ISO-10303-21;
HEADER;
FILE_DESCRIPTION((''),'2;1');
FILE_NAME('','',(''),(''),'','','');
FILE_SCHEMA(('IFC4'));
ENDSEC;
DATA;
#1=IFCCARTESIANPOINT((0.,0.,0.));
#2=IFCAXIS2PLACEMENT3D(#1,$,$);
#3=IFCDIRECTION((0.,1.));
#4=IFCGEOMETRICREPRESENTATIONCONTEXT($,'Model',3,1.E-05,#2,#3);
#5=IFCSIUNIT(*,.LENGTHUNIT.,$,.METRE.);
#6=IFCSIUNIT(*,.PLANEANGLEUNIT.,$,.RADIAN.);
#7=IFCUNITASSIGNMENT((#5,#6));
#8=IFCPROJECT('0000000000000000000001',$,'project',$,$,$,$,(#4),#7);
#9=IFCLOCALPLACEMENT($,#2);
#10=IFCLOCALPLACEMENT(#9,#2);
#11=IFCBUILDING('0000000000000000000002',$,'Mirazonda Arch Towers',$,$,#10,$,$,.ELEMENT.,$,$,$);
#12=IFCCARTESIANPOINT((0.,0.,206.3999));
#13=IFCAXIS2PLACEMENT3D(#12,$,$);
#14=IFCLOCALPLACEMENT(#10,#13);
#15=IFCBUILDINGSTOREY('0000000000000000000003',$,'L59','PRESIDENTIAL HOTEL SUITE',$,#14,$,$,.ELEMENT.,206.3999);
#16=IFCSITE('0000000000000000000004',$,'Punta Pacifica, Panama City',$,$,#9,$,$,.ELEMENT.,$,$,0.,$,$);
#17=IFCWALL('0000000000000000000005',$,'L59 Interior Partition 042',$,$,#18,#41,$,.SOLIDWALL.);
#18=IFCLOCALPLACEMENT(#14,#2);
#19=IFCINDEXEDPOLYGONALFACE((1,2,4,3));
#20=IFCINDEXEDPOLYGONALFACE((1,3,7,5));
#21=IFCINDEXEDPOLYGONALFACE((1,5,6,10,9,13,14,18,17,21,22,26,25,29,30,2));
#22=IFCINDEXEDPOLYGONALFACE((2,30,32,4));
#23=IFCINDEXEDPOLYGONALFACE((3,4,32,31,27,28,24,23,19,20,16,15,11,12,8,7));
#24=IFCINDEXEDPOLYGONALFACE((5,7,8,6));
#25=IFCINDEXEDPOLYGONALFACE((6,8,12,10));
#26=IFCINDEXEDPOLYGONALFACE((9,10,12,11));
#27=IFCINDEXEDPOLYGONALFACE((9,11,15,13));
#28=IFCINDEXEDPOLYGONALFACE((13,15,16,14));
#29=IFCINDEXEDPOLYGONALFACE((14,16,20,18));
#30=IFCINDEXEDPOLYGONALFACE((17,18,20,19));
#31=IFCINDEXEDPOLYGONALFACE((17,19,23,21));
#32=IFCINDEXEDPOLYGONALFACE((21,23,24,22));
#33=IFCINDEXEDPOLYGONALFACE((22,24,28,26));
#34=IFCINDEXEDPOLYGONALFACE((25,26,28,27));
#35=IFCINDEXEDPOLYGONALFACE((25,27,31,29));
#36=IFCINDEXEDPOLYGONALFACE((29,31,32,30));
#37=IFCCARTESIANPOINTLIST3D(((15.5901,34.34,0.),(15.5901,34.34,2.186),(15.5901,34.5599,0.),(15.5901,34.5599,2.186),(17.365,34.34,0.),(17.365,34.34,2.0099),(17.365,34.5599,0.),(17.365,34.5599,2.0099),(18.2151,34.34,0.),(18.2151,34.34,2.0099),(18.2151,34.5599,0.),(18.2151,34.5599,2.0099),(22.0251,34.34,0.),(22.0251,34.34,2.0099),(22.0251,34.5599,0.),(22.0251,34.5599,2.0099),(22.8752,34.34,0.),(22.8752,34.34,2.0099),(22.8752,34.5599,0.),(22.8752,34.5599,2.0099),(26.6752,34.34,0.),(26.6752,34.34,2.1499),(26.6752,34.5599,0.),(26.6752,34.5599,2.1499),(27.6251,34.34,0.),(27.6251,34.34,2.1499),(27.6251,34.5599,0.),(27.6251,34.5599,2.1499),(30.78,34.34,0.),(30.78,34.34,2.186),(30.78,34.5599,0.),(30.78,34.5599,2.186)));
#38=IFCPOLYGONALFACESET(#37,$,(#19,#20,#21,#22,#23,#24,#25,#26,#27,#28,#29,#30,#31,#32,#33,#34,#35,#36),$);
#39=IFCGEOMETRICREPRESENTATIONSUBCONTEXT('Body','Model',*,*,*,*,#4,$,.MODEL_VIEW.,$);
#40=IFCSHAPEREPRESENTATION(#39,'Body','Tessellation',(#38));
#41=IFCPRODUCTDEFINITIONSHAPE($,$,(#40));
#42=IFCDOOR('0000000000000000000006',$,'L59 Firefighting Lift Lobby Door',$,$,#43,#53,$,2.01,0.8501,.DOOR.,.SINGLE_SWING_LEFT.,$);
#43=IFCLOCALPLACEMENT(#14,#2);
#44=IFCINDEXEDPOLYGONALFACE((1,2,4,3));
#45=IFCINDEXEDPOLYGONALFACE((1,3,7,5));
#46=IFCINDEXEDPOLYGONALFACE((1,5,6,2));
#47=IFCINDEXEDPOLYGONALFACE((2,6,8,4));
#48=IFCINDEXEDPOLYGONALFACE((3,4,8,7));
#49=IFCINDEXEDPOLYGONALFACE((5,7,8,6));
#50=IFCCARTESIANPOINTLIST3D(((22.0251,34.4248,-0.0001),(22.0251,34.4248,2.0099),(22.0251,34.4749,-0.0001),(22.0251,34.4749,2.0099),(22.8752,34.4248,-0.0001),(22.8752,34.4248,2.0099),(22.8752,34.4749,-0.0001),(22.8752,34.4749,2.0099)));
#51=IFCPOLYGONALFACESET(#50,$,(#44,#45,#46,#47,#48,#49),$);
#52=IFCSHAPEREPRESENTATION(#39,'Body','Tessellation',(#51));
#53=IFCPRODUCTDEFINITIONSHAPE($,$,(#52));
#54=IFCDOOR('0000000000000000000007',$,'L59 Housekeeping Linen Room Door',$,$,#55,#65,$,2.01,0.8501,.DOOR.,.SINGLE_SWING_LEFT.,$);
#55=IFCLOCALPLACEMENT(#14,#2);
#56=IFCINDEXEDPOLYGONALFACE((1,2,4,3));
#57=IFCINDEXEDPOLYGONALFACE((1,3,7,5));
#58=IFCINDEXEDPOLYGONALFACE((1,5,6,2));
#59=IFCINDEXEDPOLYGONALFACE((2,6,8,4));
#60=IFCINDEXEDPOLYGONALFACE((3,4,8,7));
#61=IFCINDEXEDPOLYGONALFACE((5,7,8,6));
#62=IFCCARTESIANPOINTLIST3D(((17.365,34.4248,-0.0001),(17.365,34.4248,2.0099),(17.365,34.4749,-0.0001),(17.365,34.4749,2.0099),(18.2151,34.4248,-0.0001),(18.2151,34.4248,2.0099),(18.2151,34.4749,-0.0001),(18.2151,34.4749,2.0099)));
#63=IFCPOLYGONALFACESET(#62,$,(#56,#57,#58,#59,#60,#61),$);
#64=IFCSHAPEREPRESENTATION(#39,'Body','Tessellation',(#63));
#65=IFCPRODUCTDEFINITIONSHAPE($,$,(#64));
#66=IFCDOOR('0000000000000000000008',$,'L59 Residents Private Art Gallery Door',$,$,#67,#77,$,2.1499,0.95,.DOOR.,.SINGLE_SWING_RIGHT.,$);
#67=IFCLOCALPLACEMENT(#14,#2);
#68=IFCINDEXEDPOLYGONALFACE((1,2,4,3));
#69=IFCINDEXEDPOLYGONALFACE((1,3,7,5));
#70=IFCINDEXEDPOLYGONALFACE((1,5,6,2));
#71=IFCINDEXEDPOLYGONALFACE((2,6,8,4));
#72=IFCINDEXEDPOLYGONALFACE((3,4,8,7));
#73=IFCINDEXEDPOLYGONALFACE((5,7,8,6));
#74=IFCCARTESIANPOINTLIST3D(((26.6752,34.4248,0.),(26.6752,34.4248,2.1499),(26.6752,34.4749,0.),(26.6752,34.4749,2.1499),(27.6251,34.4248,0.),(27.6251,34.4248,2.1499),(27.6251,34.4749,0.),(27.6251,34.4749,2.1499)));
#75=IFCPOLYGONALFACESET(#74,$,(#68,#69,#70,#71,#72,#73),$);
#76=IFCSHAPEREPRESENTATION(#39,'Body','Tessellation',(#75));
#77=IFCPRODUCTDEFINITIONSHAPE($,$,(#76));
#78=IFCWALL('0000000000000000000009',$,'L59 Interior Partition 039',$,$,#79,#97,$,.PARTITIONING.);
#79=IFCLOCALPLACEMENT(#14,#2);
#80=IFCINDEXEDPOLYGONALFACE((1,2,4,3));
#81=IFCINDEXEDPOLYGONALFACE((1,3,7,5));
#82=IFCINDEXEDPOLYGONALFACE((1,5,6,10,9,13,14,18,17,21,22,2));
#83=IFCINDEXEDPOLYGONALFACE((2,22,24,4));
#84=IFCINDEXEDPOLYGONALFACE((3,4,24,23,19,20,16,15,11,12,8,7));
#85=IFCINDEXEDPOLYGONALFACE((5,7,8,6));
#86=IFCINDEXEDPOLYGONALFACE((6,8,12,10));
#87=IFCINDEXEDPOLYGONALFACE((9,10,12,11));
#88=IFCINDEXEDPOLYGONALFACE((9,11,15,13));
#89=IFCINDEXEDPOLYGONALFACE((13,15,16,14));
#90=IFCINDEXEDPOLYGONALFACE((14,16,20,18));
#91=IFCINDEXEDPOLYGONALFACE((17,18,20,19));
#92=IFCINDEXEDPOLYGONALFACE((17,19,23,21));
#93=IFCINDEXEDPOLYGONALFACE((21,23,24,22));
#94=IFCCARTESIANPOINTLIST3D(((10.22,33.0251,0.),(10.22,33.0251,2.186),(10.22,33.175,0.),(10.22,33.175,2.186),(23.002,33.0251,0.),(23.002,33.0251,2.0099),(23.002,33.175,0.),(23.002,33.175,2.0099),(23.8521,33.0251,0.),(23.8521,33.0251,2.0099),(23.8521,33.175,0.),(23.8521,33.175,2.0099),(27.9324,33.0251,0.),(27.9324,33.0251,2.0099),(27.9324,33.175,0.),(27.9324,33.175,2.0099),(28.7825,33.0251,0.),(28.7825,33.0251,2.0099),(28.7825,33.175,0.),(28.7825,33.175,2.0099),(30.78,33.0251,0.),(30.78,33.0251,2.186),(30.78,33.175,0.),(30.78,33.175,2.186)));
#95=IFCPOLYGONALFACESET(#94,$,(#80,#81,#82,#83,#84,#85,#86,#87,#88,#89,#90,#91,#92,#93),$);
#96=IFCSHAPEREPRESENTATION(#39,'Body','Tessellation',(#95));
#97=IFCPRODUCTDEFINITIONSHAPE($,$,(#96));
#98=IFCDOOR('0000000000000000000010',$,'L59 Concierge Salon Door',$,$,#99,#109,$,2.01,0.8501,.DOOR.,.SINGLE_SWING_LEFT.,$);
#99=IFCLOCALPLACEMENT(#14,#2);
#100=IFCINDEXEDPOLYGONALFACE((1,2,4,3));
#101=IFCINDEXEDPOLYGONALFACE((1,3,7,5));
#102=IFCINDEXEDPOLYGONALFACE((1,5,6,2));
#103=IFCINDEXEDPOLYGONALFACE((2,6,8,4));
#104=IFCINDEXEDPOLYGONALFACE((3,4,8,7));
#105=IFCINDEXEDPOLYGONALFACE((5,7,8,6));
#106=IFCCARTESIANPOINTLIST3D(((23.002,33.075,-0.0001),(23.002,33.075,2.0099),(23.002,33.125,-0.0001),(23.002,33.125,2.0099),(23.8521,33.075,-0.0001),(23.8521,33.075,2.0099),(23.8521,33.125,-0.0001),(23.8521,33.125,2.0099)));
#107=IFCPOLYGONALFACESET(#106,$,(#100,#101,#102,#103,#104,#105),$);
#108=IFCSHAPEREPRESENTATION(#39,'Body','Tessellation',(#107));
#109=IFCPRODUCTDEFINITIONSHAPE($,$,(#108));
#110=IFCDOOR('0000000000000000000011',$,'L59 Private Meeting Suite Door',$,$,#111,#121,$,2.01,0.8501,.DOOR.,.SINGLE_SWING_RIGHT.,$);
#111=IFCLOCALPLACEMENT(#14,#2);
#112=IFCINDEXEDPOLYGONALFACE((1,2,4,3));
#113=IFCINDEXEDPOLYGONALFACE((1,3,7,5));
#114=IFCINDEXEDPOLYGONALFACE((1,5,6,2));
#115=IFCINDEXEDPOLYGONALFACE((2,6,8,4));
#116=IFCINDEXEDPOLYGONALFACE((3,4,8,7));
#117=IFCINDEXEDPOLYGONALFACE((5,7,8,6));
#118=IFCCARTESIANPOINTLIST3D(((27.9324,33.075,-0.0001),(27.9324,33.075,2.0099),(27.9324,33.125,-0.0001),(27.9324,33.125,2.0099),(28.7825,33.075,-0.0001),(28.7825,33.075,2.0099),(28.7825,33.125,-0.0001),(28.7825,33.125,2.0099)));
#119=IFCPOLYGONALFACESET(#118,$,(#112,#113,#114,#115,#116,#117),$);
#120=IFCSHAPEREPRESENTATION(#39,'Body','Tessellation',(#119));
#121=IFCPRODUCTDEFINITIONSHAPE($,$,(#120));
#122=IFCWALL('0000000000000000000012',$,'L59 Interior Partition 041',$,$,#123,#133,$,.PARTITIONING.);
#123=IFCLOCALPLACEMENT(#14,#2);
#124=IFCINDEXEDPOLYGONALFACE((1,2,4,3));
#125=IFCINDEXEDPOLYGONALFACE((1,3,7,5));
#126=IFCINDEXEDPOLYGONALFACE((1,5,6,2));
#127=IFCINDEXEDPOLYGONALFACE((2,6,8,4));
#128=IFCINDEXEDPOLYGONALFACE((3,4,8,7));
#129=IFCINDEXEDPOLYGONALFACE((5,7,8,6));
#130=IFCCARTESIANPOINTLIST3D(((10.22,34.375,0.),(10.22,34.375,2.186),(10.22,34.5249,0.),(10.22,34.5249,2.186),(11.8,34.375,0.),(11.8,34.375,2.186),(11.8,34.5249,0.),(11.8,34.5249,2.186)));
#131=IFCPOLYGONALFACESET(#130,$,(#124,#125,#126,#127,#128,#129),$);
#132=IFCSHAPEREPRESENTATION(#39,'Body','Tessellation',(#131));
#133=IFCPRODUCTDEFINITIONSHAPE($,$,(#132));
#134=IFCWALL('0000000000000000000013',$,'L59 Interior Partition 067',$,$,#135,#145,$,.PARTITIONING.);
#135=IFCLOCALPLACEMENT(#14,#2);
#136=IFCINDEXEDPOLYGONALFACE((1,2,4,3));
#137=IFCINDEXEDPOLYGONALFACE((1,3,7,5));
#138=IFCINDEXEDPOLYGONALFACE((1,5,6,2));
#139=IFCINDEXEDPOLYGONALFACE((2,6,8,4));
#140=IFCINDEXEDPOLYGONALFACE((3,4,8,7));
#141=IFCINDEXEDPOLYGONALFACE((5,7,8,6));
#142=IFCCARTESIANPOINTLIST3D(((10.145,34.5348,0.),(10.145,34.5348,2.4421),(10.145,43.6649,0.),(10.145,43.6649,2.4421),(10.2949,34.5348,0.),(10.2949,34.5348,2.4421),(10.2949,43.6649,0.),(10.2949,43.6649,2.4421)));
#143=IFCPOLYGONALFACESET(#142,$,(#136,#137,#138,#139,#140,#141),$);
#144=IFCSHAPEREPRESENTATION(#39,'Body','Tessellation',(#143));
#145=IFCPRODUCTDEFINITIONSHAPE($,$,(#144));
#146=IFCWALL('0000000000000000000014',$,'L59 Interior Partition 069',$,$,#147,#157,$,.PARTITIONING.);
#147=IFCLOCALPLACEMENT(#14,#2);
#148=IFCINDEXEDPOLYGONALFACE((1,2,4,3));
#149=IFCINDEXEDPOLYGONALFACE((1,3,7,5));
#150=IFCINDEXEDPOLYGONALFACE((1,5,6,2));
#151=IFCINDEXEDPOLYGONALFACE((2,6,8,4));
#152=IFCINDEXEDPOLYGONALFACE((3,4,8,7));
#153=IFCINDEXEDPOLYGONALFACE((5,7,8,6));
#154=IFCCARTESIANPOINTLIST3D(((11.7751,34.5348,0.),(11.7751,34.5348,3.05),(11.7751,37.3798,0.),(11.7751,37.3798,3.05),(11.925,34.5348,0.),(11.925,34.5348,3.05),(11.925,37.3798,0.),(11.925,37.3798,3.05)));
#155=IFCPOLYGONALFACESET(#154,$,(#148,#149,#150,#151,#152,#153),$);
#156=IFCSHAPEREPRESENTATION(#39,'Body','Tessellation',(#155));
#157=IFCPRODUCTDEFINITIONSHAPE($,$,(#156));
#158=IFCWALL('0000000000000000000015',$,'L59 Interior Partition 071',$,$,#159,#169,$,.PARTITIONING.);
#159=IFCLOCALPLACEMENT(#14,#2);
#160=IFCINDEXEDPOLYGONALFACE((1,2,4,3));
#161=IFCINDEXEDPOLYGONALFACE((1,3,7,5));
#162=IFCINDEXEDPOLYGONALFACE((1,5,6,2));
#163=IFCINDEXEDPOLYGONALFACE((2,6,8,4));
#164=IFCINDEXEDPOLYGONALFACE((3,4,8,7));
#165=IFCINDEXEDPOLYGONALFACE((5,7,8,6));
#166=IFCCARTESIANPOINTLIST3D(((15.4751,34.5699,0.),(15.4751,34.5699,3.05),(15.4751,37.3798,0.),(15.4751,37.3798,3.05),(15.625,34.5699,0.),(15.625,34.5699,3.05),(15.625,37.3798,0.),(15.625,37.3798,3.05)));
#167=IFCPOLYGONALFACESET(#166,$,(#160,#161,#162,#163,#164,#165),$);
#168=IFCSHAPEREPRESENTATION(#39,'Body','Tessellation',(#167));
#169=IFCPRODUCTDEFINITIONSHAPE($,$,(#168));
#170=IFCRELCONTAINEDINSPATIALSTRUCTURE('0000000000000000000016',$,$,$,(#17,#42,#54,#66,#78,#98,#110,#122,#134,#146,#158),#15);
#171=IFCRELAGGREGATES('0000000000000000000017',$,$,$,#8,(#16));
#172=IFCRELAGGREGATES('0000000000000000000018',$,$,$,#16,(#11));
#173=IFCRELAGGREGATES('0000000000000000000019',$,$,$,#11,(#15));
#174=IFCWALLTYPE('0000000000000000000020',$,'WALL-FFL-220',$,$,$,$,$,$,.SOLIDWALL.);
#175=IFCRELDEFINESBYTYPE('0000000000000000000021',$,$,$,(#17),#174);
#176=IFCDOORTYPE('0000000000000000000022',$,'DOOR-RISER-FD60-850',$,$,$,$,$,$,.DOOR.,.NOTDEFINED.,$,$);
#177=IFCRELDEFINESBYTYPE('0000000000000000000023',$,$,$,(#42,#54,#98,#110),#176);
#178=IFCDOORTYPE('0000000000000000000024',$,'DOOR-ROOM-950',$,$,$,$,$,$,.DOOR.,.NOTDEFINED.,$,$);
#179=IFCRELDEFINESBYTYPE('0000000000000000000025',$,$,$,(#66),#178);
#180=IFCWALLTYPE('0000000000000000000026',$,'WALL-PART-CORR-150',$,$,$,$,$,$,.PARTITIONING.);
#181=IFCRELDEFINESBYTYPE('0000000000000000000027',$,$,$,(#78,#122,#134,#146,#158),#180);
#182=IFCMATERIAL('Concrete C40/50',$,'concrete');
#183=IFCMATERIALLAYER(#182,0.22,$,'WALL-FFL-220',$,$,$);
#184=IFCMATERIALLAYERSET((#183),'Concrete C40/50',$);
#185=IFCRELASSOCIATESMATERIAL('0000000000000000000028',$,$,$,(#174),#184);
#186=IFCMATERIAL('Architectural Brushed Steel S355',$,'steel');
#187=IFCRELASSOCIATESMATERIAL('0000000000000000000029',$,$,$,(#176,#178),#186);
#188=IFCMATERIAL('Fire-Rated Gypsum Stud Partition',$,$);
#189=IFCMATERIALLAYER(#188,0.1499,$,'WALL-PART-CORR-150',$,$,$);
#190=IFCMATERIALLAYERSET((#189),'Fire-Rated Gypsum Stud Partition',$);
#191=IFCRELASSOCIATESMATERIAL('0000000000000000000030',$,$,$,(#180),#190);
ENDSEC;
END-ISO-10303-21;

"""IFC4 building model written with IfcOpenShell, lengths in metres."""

from ifc_helpers import new_model, si_unit, direction, frame, frame_2d, origin, place, context, subcontext, project, spatial, rectangle, extrude, material, layer, layer_set, type_object, element, fill, save


model = new_model("IFC4")

# Units and contexts
model_context = context("Model", 3, precision=1e-05, world=origin(), true_north=direction((0.0, 1.0)))
body_context = subcontext(model_context, "Body", "Model", "MODEL_VIEW")
ifc_project = project(units=[si_unit("LENGTHUNIT", "METRE"), si_unit("PLANEANGLEUNIT", "RADIAN")], contexts=[model_context])

# Site, building, storey
site_placement = place(None, origin())
site = spatial("IfcSite", under=ifc_project, at=site_placement, Name="Punta Pacifica, Panama City", CompositionType="ELEMENT", RefElevation=0.0)
building_placement = place(site_placement, origin())
building = spatial("IfcBuilding", under=site, at=building_placement, Name="Mirazonda Arch Towers", CompositionType="ELEMENT")
storey_placement = place(building_placement, frame((0.0, 0.0, 206.3999)))
storey = spatial("IfcBuildingStorey", under=building, at=storey_placement, Name="L59", Description="PRESIDENTIAL HOTEL SUITE", CompositionType="ELEMENT", Elevation=206.3999)

# Walls, openings, doors
ifc_material_1 = material(Name="Architectural Brushed Steel S355", Category="steel")
ifc_material_2 = material(Name="Concrete C40/50", Category="concrete")
ifc_layer_1 = layer(ifc_material_2, 0.22, Name="WALL-FFL-220")
ifc_layer_set_1 = layer_set([ifc_layer_1], Name="Concrete C40/50")
wall_type_1 = type_object("IfcWallType", Name="WALL-FFL-220", PredefinedType="SOLIDWALL", material=ifc_layer_set_1)
wall_1_placement = place(storey_placement, frame((15.5901, 34.45, 0.0), z_axis=(0.0, 0.0, 1.0), x_axis=(1.0, 0.0, 0.0)))
wall_1 = element("IfcWall", 1, at=wall_1_placement, inside=storey, type_object=wall_type_1, Name="L59 Interior Partition 042", PredefinedType="SOLIDWALL", context=body_context, shape_type="SweptSolid", body=[
    extrude(rectangle(XDim=15.1899, YDim=0.22, at=frame_2d((7.595, 0.0))), origin(), (0.0, 0.0, 1.0), 2.186),
])
opening_1_placement = place(wall_1_placement, frame((6.4351, 0.0, 0.0)))
opening_1 = element("IfcOpeningElement", 2, at=opening_1_placement, cuts=wall_1, PredefinedType="OPENING", context=body_context, shape_type="SweptSolid", body=[
    extrude(rectangle(XDim=0.8501, YDim=2.01, at=frame_2d((0.425, 1.0049))), frame((0.0, 0.1199, 0.0), z_axis=(0.0, -1.0, 0.0), x_axis=(1.0, 0.0, 0.0)), (0.0, 0.0, 1.0), 0.24),
])
opening_2_placement = place(wall_1_placement, frame((11.085, 0.0, 0.0)))
opening_2 = element("IfcOpeningElement", 3, at=opening_2_placement, cuts=wall_1, PredefinedType="OPENING", context=body_context, shape_type="SweptSolid", body=[
    extrude(rectangle(XDim=0.95, YDim=2.1499, at=frame_2d((0.4751, 1.075))), frame((0.0, 0.1199, 0.0), z_axis=(0.0, -1.0, 0.0), x_axis=(1.0, 0.0, 0.0)), (0.0, 0.0, 1.0), 0.24),
])
opening_3_placement = place(wall_1_placement, frame((1.7749, 0.0, 0.0)))
opening_3 = element("IfcOpeningElement", 4, at=opening_3_placement, cuts=wall_1, PredefinedType="OPENING", context=body_context, shape_type="SweptSolid", body=[
    extrude(rectangle(XDim=0.8501, YDim=2.01, at=frame_2d((0.425, 1.0049))), frame((0.0, 0.1199, 0.0), z_axis=(0.0, -1.0, 0.0), x_axis=(1.0, 0.0, 0.0)), (0.0, 0.0, 1.0), 0.24),
])
door_type_1 = type_object("IfcDoorType", Name="DOOR-RISER-FD60-850", OperationType="NOTDEFINED", PredefinedType="DOOR", material=ifc_material_1)
door_1_placement = place(opening_1_placement, origin())
door_1 = element("IfcDoor", 5, at=door_1_placement, inside=storey, type_object=door_type_1, Name="L59 Firefighting Lift Lobby Door", OperationType="SINGLE_SWING_LEFT", OverallHeight=2.01, OverallWidth=0.8501, PredefinedType="DOOR", context=body_context, shape_type="SweptSolid", body=[
    extrude(rectangle(XDim=0.8501, YDim=2.01, at=frame_2d((0.425, 1.0049))), frame((0.0, 0.0249, 0.0), z_axis=(0.0, -1.0, 0.0), x_axis=(1.0, 0.0, 0.0)), (0.0, 0.0, 1.0), 0.05),
])
fill(opening_1, door_1)
door_2_placement = place(opening_3_placement, origin())
door_2 = element("IfcDoor", 6, at=door_2_placement, inside=storey, type_object=door_type_1, Name="L59 Housekeeping Linen Room Door", OperationType="SINGLE_SWING_LEFT", OverallHeight=2.01, OverallWidth=0.8501, PredefinedType="DOOR", context=body_context, shape_type="SweptSolid", body=[
    extrude(rectangle(XDim=0.8501, YDim=2.01, at=frame_2d((0.425, 1.0049))), frame((0.0, 0.0249, 0.0), z_axis=(0.0, -1.0, 0.0), x_axis=(1.0, 0.0, 0.0)), (0.0, 0.0, 1.0), 0.05),
])
fill(opening_3, door_2)
door_type_2 = type_object("IfcDoorType", Name="DOOR-ROOM-950", OperationType="NOTDEFINED", PredefinedType="DOOR", material=ifc_material_1)
door_3_placement = place(opening_2_placement, origin())
door_3 = element("IfcDoor", 7, at=door_3_placement, inside=storey, type_object=door_type_2, Name="L59 Residents Private Art Gallery Door", OperationType="SINGLE_SWING_RIGHT", OverallHeight=2.1499, OverallWidth=0.95, PredefinedType="DOOR", context=body_context, shape_type="SweptSolid", body=[
    extrude(rectangle(XDim=0.95, YDim=2.1499, at=frame_2d((0.4751, 1.075))), frame((0.0, 0.0249, 0.0), z_axis=(0.0, -1.0, 0.0), x_axis=(1.0, 0.0, 0.0)), (0.0, 0.0, 1.0), 0.05),
])
fill(opening_2, door_3)
ifc_material_3 = material(Name="Fire-Rated Gypsum Stud Partition")
ifc_layer_2 = layer(ifc_material_3, 0.1499, Name="WALL-PART-CORR-150")
ifc_layer_set_2 = layer_set([ifc_layer_2], Name="Fire-Rated Gypsum Stud Partition")
wall_type_2 = type_object("IfcWallType", Name="WALL-PART-CORR-150", PredefinedType="PARTITIONING", material=ifc_layer_set_2)
wall_2_placement = place(storey_placement, frame((10.22, 33.1001, 0.0), z_axis=(0.0, 0.0, 1.0), x_axis=(1.0, 0.0, 0.0)))
wall_2 = element("IfcWall", 8, at=wall_2_placement, inside=storey, type_object=wall_type_2, Name="L59 Interior Partition 039", PredefinedType="PARTITIONING", context=body_context, shape_type="SweptSolid", body=[
    extrude(rectangle(XDim=20.5601, YDim=0.1499, at=frame_2d((10.28, 0.0))), origin(), (0.0, 0.0, 1.0), 2.186),
])
opening_4_placement = place(wall_2_placement, frame((12.782, 0.0, 0.0)))
opening_4 = element("IfcOpeningElement", 9, at=opening_4_placement, cuts=wall_2, PredefinedType="OPENING", context=body_context, shape_type="SweptSolid", body=[
    extrude(rectangle(XDim=0.8501, YDim=2.01, at=frame_2d((0.425, 1.0049))), frame((0.0, 0.085, 0.0), z_axis=(0.0, -1.0, 0.0), x_axis=(1.0, 0.0, 0.0)), (0.0, 0.0, 1.0), 0.1699),
])
opening_5_placement = place(wall_2_placement, frame((17.7124, 0.0, 0.0)))
opening_5 = element("IfcOpeningElement", 10, at=opening_5_placement, cuts=wall_2, PredefinedType="OPENING", context=body_context, shape_type="SweptSolid", body=[
    extrude(rectangle(XDim=0.8501, YDim=2.01, at=frame_2d((0.425, 1.0049))), frame((0.0, 0.085, 0.0), z_axis=(0.0, -1.0, 0.0), x_axis=(1.0, 0.0, 0.0)), (0.0, 0.0, 1.0), 0.1699),
])
door_4_placement = place(opening_4_placement, origin())
door_4 = element("IfcDoor", 11, at=door_4_placement, inside=storey, type_object=door_type_1, Name="L59 Concierge Salon Door", OperationType="SINGLE_SWING_LEFT", OverallHeight=2.01, OverallWidth=0.8501, PredefinedType="DOOR", context=body_context, shape_type="SweptSolid", body=[
    extrude(rectangle(XDim=0.8501, YDim=2.01, at=frame_2d((0.425, 1.0049))), frame((0.0, 0.0249, 0.0), z_axis=(0.0, -1.0, 0.0), x_axis=(1.0, 0.0, 0.0)), (0.0, 0.0, 1.0), 0.05),
])
fill(opening_4, door_4)
door_5_placement = place(opening_5_placement, origin())
door_5 = element("IfcDoor", 12, at=door_5_placement, inside=storey, type_object=door_type_1, Name="L59 Private Meeting Suite Door", OperationType="SINGLE_SWING_RIGHT", OverallHeight=2.01, OverallWidth=0.8501, PredefinedType="DOOR", context=body_context, shape_type="SweptSolid", body=[
    extrude(rectangle(XDim=0.8501, YDim=2.01, at=frame_2d((0.425, 1.0049))), frame((0.0, 0.0249, 0.0), z_axis=(0.0, -1.0, 0.0), x_axis=(1.0, 0.0, 0.0)), (0.0, 0.0, 1.0), 0.05),
])
fill(opening_5, door_5)

# Walls
wall_3_placement = place(storey_placement, frame((10.22, 34.45, 0.0), z_axis=(0.0, 0.0, 1.0), x_axis=(1.0, 0.0, 0.0)))
element("IfcWall", 13, at=wall_3_placement, inside=storey, type_object=wall_type_2, Name="L59 Interior Partition 041", PredefinedType="PARTITIONING", context=body_context, shape_type="SweptSolid", body=[
    extrude(rectangle(XDim=1.5801, YDim=0.1499, at=frame_2d((0.79, 0.0))), origin(), (0.0, 0.0, 1.0), 2.186),
])
wall_4_placement = place(storey_placement, frame((10.22, 34.5349, 0.0), z_axis=(0.0, 0.0, 1.0), x_axis=(0.0, 1.0, 0.0)))
element("IfcWall", 14, at=wall_4_placement, inside=storey, type_object=wall_type_2, Name="L59 Interior Partition 067", PredefinedType="PARTITIONING", context=body_context, shape_type="SweptSolid", body=[
    extrude(rectangle(XDim=9.1301, YDim=0.1499, at=frame_2d((4.5649, 0.0))), origin(), (0.0, 0.0, 1.0), 2.4421),
])
wall_5_placement = place(storey_placement, frame((11.8501, 34.5349, 0.0), z_axis=(0.0, 0.0, 1.0), x_axis=(0.0, 1.0, 0.0)))
element("IfcWall", 15, at=wall_5_placement, inside=storey, type_object=wall_type_2, Name="L59 Interior Partition 069", PredefinedType="PARTITIONING", context=body_context, shape_type="SweptSolid", body=[
    extrude(rectangle(XDim=2.845, YDim=0.1499, at=frame_2d((1.4224, 0.0))), origin(), (0.0, 0.0, 1.0), 3.05),
])
wall_6_placement = place(storey_placement, frame((15.55, 34.5701, 0.0), z_axis=(0.0, 0.0, 1.0), x_axis=(0.0, 1.0, 0.0)))
element("IfcWall", 16, at=wall_6_placement, inside=storey, type_object=wall_type_2, Name="L59 Interior Partition 071", PredefinedType="PARTITIONING", context=body_context, shape_type="SweptSolid", body=[
    extrude(rectangle(XDim=2.8098, YDim=0.1499, at=frame_2d((1.4048, 0.0))), origin(), (0.0, 0.0, 1.0), 3.05),
])

save(model, "model.ifc")
